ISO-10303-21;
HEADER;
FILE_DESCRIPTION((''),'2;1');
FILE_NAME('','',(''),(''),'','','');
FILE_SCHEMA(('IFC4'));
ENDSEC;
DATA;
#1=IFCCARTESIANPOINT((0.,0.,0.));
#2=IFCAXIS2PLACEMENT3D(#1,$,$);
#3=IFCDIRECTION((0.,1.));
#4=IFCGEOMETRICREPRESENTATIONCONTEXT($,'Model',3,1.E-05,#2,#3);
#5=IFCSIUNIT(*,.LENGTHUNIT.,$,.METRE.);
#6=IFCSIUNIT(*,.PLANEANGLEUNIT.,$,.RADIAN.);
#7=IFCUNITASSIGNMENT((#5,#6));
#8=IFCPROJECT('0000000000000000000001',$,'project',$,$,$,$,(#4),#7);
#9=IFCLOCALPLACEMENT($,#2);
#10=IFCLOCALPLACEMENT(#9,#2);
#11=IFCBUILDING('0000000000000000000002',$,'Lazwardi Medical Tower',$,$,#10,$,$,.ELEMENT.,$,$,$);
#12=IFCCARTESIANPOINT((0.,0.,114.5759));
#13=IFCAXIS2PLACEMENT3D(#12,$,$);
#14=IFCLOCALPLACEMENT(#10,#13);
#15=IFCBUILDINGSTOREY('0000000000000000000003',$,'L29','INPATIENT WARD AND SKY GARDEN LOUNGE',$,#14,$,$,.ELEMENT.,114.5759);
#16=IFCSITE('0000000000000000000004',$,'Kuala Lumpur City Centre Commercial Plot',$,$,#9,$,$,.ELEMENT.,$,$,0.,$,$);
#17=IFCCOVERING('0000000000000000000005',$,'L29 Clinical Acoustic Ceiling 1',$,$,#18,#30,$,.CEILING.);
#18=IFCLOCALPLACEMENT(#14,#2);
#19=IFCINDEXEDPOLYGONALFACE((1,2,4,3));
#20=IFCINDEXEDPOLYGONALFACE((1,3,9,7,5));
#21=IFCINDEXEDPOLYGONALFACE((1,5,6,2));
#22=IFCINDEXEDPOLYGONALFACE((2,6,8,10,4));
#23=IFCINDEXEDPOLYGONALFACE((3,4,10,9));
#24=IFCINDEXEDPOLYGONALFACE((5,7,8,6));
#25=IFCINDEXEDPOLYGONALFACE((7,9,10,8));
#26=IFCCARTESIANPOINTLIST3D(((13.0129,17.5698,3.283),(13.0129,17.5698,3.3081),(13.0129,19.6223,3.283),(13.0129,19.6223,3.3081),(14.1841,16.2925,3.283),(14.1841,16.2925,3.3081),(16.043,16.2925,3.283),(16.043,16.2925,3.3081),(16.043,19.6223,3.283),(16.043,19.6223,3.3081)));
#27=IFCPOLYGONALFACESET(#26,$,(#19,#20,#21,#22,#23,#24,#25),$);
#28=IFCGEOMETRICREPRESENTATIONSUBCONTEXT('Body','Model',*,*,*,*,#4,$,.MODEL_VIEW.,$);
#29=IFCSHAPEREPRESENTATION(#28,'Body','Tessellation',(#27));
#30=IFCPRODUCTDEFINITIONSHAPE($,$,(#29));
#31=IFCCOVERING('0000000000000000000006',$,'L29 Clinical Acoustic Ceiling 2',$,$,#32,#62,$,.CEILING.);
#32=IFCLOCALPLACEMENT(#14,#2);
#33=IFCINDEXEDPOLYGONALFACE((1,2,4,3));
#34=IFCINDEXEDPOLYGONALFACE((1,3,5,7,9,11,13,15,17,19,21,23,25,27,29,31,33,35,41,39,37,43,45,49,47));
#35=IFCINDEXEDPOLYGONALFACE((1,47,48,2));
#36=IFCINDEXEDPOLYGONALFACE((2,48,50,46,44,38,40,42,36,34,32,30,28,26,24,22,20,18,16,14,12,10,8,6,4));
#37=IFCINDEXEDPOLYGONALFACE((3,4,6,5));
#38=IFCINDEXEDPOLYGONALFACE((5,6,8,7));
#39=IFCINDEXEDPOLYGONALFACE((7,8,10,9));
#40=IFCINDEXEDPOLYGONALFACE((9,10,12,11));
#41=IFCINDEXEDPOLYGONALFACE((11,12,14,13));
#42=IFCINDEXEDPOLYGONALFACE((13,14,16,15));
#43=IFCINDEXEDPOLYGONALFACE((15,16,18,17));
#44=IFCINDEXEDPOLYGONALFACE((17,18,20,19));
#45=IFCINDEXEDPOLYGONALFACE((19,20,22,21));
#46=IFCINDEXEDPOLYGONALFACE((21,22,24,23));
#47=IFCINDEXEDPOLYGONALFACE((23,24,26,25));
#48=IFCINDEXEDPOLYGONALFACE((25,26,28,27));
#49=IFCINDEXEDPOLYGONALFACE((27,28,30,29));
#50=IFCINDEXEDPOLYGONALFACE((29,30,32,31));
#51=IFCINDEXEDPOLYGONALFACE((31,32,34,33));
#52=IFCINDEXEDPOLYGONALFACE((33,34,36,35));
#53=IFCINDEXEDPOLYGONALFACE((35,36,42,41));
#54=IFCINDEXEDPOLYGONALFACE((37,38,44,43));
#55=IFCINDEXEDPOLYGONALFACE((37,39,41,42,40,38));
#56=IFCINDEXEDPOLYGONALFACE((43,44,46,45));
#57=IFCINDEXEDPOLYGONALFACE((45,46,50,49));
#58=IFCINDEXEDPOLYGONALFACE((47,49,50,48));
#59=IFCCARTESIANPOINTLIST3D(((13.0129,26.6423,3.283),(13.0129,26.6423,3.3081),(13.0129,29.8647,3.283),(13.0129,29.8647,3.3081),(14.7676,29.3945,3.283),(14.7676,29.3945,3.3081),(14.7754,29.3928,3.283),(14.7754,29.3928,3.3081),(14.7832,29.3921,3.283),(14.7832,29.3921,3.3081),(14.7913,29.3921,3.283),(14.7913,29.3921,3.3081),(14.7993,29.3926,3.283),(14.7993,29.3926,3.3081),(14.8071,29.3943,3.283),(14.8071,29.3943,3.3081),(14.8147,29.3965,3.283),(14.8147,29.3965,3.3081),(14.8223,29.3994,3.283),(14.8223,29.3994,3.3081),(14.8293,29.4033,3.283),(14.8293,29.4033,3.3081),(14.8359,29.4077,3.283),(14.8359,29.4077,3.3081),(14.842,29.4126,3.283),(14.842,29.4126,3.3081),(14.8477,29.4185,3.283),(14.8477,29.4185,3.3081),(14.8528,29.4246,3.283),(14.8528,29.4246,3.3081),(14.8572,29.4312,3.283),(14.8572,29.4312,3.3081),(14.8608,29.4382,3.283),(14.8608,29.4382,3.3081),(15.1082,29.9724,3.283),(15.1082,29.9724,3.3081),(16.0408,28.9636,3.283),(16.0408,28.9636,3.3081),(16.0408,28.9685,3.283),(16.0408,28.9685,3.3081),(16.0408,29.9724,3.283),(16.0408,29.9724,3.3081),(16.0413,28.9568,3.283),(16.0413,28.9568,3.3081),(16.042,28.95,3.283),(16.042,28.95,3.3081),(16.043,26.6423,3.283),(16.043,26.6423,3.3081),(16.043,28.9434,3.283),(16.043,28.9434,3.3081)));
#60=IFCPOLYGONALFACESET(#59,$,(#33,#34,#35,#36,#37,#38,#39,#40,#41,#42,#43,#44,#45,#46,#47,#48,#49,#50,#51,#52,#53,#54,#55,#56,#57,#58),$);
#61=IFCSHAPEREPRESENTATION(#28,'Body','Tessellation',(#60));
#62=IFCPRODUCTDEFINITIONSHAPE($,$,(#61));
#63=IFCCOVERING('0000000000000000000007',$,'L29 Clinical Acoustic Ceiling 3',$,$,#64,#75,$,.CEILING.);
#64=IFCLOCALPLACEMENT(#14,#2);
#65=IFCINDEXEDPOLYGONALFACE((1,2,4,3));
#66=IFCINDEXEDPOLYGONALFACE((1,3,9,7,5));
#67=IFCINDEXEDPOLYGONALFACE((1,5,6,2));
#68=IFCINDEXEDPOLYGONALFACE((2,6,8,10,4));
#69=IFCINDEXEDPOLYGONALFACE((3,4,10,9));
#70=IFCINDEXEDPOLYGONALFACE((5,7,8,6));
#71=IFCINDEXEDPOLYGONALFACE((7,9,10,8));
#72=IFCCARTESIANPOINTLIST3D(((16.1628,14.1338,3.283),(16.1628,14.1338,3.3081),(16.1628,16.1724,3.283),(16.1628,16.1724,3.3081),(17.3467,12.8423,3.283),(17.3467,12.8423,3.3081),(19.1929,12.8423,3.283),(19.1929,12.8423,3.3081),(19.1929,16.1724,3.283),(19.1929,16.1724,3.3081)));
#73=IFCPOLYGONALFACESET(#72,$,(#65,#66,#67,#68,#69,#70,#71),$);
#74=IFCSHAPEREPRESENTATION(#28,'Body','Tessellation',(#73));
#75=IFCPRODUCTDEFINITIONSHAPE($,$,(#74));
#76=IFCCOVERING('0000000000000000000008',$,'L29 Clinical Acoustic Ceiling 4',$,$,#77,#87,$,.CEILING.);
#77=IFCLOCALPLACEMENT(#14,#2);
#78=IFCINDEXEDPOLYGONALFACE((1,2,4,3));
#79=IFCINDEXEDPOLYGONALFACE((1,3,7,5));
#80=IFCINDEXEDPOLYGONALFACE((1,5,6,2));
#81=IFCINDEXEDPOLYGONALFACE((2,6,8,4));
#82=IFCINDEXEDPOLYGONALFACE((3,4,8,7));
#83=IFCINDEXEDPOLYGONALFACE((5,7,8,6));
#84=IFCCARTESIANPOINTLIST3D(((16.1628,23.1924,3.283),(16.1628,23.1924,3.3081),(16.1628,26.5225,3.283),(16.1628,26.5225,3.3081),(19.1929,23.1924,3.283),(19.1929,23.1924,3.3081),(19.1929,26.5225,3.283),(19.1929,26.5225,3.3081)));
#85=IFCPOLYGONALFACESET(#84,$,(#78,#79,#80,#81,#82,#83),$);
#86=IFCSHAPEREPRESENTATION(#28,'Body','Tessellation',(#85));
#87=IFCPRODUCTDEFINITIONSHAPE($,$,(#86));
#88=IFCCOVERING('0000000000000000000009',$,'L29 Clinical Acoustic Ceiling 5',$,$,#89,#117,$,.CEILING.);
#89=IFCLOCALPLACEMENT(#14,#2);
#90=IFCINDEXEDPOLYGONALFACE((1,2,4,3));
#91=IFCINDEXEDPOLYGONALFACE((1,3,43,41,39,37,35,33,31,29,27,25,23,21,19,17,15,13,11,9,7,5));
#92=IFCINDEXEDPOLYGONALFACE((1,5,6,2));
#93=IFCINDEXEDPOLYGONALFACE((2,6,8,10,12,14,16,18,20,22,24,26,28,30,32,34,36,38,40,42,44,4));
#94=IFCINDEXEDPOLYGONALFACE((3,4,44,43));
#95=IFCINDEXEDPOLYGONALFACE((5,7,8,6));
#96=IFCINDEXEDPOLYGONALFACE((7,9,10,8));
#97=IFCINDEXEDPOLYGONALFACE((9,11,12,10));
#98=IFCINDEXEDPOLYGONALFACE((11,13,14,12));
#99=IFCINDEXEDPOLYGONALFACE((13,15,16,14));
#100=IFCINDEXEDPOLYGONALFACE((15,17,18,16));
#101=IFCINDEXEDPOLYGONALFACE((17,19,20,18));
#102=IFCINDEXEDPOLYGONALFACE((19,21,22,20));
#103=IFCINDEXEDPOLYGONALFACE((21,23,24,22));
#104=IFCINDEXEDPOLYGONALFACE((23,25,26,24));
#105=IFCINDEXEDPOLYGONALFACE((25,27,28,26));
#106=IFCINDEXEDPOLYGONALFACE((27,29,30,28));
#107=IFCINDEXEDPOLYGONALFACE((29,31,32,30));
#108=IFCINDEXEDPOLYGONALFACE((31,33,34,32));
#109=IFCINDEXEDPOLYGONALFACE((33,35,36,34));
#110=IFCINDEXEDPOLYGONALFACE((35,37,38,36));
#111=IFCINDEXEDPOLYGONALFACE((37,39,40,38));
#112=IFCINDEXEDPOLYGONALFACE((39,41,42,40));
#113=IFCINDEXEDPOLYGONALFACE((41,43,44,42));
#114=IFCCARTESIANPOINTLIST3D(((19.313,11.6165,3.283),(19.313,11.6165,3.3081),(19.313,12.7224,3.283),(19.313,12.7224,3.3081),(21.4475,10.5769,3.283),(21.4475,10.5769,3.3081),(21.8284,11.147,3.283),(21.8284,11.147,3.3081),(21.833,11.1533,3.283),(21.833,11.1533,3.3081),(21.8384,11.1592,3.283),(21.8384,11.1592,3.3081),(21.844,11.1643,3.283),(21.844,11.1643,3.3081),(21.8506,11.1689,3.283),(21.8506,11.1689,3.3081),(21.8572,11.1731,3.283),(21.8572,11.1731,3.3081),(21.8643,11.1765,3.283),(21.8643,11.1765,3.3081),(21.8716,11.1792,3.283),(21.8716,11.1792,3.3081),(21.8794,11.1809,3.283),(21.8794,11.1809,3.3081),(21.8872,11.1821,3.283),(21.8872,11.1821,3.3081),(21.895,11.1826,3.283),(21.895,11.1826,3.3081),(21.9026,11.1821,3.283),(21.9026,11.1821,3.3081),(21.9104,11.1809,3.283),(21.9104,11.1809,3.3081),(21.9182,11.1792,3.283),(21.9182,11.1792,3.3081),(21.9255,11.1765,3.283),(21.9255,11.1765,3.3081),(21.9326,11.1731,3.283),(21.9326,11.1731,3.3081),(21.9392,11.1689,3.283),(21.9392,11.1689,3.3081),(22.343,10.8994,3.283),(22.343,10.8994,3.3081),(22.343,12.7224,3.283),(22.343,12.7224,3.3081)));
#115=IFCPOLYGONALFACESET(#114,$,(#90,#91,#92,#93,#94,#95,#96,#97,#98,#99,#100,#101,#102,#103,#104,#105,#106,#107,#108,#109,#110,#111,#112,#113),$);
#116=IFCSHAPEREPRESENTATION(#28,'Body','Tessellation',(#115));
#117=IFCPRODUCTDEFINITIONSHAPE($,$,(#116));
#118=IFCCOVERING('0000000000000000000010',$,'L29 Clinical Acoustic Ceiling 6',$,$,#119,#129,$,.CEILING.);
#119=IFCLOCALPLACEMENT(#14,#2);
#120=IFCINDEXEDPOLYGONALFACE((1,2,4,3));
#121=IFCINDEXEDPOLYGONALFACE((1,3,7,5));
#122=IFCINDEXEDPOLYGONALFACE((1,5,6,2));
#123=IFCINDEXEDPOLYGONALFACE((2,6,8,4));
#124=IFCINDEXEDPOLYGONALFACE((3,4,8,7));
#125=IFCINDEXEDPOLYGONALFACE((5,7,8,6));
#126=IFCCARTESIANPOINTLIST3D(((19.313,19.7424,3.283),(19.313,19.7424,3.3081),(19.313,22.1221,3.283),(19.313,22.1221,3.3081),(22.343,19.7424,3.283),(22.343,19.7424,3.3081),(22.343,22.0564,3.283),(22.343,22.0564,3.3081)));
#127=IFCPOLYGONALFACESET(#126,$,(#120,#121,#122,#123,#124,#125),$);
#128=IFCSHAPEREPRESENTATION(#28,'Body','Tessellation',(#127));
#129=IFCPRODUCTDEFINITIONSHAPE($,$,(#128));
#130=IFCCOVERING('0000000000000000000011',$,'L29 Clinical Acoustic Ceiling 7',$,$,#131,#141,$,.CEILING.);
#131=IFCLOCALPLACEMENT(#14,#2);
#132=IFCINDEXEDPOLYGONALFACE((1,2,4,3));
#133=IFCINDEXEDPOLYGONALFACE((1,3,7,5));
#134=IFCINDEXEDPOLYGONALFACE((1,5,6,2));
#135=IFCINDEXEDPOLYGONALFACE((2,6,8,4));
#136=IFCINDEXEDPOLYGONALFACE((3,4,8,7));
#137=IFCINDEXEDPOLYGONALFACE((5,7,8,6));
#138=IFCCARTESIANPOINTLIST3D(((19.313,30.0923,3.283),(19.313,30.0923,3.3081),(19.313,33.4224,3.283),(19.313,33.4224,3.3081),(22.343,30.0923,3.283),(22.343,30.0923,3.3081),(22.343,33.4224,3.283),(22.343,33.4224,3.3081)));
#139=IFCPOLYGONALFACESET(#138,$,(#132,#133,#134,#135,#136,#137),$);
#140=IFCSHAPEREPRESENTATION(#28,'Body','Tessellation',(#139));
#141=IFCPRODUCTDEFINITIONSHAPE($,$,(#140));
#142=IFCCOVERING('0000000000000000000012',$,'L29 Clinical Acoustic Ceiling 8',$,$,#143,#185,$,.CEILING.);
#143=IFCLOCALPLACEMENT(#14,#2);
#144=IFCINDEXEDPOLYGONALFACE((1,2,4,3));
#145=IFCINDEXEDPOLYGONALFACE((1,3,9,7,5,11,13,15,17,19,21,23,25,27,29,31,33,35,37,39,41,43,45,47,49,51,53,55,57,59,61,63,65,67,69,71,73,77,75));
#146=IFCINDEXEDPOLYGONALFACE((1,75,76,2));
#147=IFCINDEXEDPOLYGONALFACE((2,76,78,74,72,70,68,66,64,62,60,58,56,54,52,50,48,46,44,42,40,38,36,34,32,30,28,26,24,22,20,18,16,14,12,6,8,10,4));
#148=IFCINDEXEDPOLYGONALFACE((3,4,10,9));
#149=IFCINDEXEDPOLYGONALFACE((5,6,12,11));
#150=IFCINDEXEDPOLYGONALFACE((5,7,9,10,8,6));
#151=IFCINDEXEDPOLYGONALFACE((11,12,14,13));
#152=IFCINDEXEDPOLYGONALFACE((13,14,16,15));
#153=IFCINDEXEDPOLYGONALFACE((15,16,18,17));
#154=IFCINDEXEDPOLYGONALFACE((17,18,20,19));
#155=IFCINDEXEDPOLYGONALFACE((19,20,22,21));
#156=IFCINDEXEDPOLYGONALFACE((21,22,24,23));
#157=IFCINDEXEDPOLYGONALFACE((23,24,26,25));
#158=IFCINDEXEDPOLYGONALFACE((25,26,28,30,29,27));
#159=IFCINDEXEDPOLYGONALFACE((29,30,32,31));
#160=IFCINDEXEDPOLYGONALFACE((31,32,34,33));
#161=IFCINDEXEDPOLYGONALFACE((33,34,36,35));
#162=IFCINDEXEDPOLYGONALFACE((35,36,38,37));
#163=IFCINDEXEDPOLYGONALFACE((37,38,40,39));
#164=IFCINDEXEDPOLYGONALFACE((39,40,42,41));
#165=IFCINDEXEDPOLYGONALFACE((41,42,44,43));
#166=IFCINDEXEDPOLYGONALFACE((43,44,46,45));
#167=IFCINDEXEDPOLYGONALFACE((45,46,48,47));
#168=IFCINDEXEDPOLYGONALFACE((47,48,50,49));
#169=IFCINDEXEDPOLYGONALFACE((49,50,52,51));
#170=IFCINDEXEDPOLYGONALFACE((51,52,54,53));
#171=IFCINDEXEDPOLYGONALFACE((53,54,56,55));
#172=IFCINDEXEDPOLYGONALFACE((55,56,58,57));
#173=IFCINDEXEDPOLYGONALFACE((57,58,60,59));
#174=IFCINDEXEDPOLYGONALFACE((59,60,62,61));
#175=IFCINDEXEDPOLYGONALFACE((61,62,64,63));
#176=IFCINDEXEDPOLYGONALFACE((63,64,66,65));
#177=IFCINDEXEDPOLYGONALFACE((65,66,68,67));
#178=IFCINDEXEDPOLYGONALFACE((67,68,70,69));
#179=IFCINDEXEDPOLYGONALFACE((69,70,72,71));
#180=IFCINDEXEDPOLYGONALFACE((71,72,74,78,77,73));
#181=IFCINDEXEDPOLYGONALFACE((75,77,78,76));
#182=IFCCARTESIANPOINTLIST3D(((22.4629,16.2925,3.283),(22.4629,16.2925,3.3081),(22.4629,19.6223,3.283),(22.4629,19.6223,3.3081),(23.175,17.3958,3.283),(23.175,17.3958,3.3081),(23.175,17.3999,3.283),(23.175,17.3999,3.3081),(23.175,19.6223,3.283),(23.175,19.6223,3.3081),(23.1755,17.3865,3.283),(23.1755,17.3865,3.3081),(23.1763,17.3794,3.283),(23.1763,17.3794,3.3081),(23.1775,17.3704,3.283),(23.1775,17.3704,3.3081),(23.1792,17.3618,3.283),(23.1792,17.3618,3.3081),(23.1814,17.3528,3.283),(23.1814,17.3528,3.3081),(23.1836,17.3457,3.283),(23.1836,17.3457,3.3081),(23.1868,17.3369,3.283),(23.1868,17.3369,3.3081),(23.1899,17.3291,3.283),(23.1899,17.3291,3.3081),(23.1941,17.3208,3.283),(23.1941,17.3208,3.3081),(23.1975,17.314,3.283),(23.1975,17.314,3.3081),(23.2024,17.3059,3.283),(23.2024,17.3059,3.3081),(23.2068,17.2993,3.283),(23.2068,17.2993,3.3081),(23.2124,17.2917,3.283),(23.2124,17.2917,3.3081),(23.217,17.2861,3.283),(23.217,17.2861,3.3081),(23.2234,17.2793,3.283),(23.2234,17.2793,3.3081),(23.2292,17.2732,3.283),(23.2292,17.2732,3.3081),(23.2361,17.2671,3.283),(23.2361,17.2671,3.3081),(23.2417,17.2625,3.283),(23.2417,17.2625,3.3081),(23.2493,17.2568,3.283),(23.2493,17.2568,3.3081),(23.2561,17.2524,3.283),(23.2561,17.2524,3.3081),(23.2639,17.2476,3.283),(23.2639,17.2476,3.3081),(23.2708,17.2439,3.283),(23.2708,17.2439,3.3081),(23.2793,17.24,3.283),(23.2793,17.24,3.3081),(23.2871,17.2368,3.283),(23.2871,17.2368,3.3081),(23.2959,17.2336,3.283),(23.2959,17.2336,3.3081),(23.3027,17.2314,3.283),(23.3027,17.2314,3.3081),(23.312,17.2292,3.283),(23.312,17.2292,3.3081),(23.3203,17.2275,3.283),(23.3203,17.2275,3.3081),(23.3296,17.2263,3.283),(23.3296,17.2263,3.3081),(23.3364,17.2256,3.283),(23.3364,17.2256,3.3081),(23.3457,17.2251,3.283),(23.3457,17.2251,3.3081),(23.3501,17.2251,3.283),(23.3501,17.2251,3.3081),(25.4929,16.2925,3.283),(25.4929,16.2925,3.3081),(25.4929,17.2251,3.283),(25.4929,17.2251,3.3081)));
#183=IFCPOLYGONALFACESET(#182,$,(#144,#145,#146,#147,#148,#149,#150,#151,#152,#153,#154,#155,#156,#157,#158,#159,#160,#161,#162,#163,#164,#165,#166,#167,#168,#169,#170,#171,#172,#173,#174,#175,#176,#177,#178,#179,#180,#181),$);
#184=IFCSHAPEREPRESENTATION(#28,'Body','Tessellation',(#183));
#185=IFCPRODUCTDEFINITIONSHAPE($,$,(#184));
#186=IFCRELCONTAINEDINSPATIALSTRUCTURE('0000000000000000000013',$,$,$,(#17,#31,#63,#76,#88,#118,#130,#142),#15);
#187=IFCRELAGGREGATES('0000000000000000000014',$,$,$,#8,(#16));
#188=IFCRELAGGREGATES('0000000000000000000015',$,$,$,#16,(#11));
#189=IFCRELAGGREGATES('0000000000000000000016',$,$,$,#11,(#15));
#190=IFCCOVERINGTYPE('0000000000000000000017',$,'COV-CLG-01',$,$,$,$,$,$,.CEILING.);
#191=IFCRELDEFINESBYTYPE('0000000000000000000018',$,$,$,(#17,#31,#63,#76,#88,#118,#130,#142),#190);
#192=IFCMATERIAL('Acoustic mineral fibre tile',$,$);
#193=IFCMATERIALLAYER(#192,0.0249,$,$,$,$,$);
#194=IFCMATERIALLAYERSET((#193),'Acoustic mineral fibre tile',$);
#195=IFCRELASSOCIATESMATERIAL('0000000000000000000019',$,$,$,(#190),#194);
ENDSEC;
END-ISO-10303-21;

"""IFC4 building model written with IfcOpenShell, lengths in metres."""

from ifc_helpers import new_model, si_unit, direction, frame, origin, place, context, subcontext, project, spatial, polyline, outline, extrude, material, layer, layer_set, type_object, element, save


model = new_model("IFC4")

# Units and contexts
model_context = context("Model", 3, precision=1e-05, world=origin(), true_north=direction((0.0, 1.0)))
body_context = subcontext(model_context, "Body", "Model", "MODEL_VIEW")
ifc_project = project(units=[si_unit("LENGTHUNIT", "METRE"), si_unit("PLANEANGLEUNIT", "RADIAN")], contexts=[model_context])

# Site, building, storey
site_placement = place(None, origin())
site = spatial("IfcSite", under=ifc_project, at=site_placement, Name="Kuala Lumpur City Centre Commercial Plot", CompositionType="ELEMENT", RefElevation=0.0)
building_placement = place(site_placement, origin())
building = spatial("IfcBuilding", under=site, at=building_placement, Name="Lazwardi Medical Tower", CompositionType="ELEMENT")
storey_placement = place(building_placement, frame((0.0, 0.0, 114.5759)))
storey = spatial("IfcBuildingStorey", under=building, at=storey_placement, Name="L29", Description="INPATIENT WARD AND SKY GARDEN LOUNGE", CompositionType="ELEMENT", Elevation=114.5759)

# Coverings
ifc_material_1 = material(Name="Acoustic mineral fibre tile")
ifc_layer_1 = layer(ifc_material_1, 0.0249)
ifc_layer_set_1 = layer_set([ifc_layer_1], Name="Acoustic mineral fibre tile")
covering_type_1 = type_object("IfcCoveringType", Name="COV-CLG-01", PredefinedType="CEILING", material=ifc_layer_set_1)
covering_1_placement = place(storey_placement, frame((0.0, 0.0, 3.283)))
element("IfcCovering", 1, at=covering_1_placement, inside=storey, type_object=covering_type_1, Name="L29 Clinical Acoustic Ceiling 1", PredefinedType="CEILING", context=body_context, shape_type="SweptSolid", body=[
    extrude(outline(polyline([(13.0129, 17.5698), (14.1841, 16.2925), (16.043, 16.2925), (16.043, 19.6223), (13.0129, 19.6223), (13.0129, 17.5698)])), origin(), (0.0, 0.0, 1.0), 0.0251),
])
covering_2_placement = place(storey_placement, frame((0.0, 0.0, 3.283)))
element("IfcCovering", 2, at=covering_2_placement, inside=storey, type_object=covering_type_1, Name="L29 Clinical Acoustic Ceiling 2", PredefinedType="CEILING", context=body_context, shape_type="SweptSolid", body=[
    extrude(outline(polyline([(16.043, 28.9434), (16.042, 28.95), (16.0413, 28.9568), (16.0408, 28.9636), (16.0408, 28.9685), (16.0408, 29.9724), (15.1082, 29.9724), (14.8608, 29.4382), (14.8572, 29.4312), (14.8528, 29.4246), (14.8477, 29.4185), (14.842, 29.4126), (14.8359, 29.4077), (14.8293, 29.4033), (14.8223, 29.3994), (14.8147, 29.3965), (14.8071, 29.3943), (14.7993, 29.3926), (14.7913, 29.3921), (14.7832, 29.3921), (14.7754, 29.3928), (14.7676, 29.3945), (13.0129, 29.8647), (13.0129, 26.6423), (16.043, 26.6423), (16.043, 28.9434)])), origin(), (0.0, 0.0, 1.0), 0.0251),
])
covering_3_placement = place(storey_placement, frame((0.0, 0.0, 3.283)))
element("IfcCovering", 3, at=covering_3_placement, inside=storey, type_object=covering_type_1, Name="L29 Clinical Acoustic Ceiling 3", PredefinedType="CEILING", context=body_context, shape_type="SweptSolid", body=[
    extrude(outline(polyline([(16.1628, 14.1338), (17.3467, 12.8423), (19.1929, 12.8423), (19.1929, 16.1724), (16.1628, 16.1724), (16.1628, 14.1338)])), origin(), (0.0, 0.0, 1.0), 0.0251),
])
covering_4_placement = place(storey_placement, frame((0.0, 0.0, 3.283)))
element("IfcCovering", 4, at=covering_4_placement, inside=storey, type_object=covering_type_1, Name="L29 Clinical Acoustic Ceiling 4", PredefinedType="CEILING", context=body_context, shape_type="SweptSolid", body=[
    extrude(outline(polyline([(19.1929, 23.1924), (19.1929, 26.5225), (16.1628, 26.5225), (16.1628, 23.1924), (19.1929, 23.1924)])), origin(), (0.0, 0.0, 1.0), 0.0251),
])
covering_5_placement = place(storey_placement, frame((0.0, 0.0, 3.283)))
element("IfcCovering", 5, at=covering_5_placement, inside=storey, type_object=covering_type_1, Name="L29 Clinical Acoustic Ceiling 5", PredefinedType="CEILING", context=body_context, shape_type="SweptSolid", body=[
    extrude(outline(polyline([(19.313, 11.6165), (21.4475, 10.5769), (21.8284, 11.147), (21.833, 11.1533), (21.8384, 11.1592), (21.844, 11.1643), (21.8506, 11.1689), (21.8572, 11.1731), (21.8643, 11.1765), (21.8716, 11.1792), (21.8794, 11.1809), (21.8872, 11.1821), (21.895, 11.1826), (21.9026, 11.1821), (21.9104, 11.1809), (21.9182, 11.1792), (21.9255, 11.1765), (21.9326, 11.1731), (21.9392, 11.1689), (22.343, 10.8994), (22.343, 12.7224), (19.313, 12.7224), (19.313, 11.6165)])), origin(), (0.0, 0.0, 1.0), 0.0251),
])
covering_6_placement = place(storey_placement, frame((0.0, 0.0, 3.283)))
element("IfcCovering", 6, at=covering_6_placement, inside=storey, type_object=covering_type_1, Name="L29 Clinical Acoustic Ceiling 6", PredefinedType="CEILING", context=body_context, shape_type="SweptSolid", body=[
    extrude(outline(polyline([(22.343, 22.0564), (19.313, 22.1221), (19.313, 19.7424), (22.343, 19.7424), (22.343, 22.0564)])), origin(), (0.0, 0.0, 1.0), 0.0251),
])
covering_7_placement = place(storey_placement, frame((0.0, 0.0, 3.283)))
element("IfcCovering", 7, at=covering_7_placement, inside=storey, type_object=covering_type_1, Name="L29 Clinical Acoustic Ceiling 7", PredefinedType="CEILING", context=body_context, shape_type="SweptSolid", body=[
    extrude(outline(polyline([(22.343, 30.0923), (22.343, 33.4224), (19.313, 33.4224), (19.313, 30.0923), (22.343, 30.0923)])), origin(), (0.0, 0.0, 1.0), 0.0251),
])
covering_8_placement = place(storey_placement, frame((0.0, 0.0, 3.283)))
element("IfcCovering", 8, at=covering_8_placement, inside=storey, type_object=covering_type_1, Name="L29 Clinical Acoustic Ceiling 8", PredefinedType="CEILING", context=body_context, shape_type="SweptSolid", body=[
    extrude(outline(polyline([(25.4929, 17.2251), (23.3501, 17.2251), (23.3457, 17.2251), (23.3364, 17.2256), (23.3296, 17.2263), (23.3203, 17.2275), (23.312, 17.2292), (23.3027, 17.2314), (23.2959, 17.2336), (23.2871, 17.2368), (23.2793, 17.24), (23.2708, 17.2439), (23.2639, 17.2476), (23.2561, 17.2524), (23.2493, 17.2568), (23.2417, 17.2625), (23.2361, 17.2671), (23.2292, 17.2732), (23.2234, 17.2793), (23.217, 17.2861), (23.2124, 17.2917), (23.2068, 17.2993), (23.2024, 17.3059), (23.1975, 17.314), (23.1941, 17.3208), (23.1899, 17.3291), (23.1868, 17.3369), (23.1836, 17.3457), (23.1814, 17.3528), (23.1792, 17.3618), (23.1775, 17.3704), (23.1763, 17.3794), (23.1755, 17.3865), (23.175, 17.3958), (23.175, 17.3999), (23.175, 19.6223), (22.4629, 19.6223), (22.4629, 16.2925), (25.4929, 16.2925), (25.4929, 17.2251)])), origin(), (0.0, 0.0, 1.0), 0.0251),
])

save(model, "model.ifc")
